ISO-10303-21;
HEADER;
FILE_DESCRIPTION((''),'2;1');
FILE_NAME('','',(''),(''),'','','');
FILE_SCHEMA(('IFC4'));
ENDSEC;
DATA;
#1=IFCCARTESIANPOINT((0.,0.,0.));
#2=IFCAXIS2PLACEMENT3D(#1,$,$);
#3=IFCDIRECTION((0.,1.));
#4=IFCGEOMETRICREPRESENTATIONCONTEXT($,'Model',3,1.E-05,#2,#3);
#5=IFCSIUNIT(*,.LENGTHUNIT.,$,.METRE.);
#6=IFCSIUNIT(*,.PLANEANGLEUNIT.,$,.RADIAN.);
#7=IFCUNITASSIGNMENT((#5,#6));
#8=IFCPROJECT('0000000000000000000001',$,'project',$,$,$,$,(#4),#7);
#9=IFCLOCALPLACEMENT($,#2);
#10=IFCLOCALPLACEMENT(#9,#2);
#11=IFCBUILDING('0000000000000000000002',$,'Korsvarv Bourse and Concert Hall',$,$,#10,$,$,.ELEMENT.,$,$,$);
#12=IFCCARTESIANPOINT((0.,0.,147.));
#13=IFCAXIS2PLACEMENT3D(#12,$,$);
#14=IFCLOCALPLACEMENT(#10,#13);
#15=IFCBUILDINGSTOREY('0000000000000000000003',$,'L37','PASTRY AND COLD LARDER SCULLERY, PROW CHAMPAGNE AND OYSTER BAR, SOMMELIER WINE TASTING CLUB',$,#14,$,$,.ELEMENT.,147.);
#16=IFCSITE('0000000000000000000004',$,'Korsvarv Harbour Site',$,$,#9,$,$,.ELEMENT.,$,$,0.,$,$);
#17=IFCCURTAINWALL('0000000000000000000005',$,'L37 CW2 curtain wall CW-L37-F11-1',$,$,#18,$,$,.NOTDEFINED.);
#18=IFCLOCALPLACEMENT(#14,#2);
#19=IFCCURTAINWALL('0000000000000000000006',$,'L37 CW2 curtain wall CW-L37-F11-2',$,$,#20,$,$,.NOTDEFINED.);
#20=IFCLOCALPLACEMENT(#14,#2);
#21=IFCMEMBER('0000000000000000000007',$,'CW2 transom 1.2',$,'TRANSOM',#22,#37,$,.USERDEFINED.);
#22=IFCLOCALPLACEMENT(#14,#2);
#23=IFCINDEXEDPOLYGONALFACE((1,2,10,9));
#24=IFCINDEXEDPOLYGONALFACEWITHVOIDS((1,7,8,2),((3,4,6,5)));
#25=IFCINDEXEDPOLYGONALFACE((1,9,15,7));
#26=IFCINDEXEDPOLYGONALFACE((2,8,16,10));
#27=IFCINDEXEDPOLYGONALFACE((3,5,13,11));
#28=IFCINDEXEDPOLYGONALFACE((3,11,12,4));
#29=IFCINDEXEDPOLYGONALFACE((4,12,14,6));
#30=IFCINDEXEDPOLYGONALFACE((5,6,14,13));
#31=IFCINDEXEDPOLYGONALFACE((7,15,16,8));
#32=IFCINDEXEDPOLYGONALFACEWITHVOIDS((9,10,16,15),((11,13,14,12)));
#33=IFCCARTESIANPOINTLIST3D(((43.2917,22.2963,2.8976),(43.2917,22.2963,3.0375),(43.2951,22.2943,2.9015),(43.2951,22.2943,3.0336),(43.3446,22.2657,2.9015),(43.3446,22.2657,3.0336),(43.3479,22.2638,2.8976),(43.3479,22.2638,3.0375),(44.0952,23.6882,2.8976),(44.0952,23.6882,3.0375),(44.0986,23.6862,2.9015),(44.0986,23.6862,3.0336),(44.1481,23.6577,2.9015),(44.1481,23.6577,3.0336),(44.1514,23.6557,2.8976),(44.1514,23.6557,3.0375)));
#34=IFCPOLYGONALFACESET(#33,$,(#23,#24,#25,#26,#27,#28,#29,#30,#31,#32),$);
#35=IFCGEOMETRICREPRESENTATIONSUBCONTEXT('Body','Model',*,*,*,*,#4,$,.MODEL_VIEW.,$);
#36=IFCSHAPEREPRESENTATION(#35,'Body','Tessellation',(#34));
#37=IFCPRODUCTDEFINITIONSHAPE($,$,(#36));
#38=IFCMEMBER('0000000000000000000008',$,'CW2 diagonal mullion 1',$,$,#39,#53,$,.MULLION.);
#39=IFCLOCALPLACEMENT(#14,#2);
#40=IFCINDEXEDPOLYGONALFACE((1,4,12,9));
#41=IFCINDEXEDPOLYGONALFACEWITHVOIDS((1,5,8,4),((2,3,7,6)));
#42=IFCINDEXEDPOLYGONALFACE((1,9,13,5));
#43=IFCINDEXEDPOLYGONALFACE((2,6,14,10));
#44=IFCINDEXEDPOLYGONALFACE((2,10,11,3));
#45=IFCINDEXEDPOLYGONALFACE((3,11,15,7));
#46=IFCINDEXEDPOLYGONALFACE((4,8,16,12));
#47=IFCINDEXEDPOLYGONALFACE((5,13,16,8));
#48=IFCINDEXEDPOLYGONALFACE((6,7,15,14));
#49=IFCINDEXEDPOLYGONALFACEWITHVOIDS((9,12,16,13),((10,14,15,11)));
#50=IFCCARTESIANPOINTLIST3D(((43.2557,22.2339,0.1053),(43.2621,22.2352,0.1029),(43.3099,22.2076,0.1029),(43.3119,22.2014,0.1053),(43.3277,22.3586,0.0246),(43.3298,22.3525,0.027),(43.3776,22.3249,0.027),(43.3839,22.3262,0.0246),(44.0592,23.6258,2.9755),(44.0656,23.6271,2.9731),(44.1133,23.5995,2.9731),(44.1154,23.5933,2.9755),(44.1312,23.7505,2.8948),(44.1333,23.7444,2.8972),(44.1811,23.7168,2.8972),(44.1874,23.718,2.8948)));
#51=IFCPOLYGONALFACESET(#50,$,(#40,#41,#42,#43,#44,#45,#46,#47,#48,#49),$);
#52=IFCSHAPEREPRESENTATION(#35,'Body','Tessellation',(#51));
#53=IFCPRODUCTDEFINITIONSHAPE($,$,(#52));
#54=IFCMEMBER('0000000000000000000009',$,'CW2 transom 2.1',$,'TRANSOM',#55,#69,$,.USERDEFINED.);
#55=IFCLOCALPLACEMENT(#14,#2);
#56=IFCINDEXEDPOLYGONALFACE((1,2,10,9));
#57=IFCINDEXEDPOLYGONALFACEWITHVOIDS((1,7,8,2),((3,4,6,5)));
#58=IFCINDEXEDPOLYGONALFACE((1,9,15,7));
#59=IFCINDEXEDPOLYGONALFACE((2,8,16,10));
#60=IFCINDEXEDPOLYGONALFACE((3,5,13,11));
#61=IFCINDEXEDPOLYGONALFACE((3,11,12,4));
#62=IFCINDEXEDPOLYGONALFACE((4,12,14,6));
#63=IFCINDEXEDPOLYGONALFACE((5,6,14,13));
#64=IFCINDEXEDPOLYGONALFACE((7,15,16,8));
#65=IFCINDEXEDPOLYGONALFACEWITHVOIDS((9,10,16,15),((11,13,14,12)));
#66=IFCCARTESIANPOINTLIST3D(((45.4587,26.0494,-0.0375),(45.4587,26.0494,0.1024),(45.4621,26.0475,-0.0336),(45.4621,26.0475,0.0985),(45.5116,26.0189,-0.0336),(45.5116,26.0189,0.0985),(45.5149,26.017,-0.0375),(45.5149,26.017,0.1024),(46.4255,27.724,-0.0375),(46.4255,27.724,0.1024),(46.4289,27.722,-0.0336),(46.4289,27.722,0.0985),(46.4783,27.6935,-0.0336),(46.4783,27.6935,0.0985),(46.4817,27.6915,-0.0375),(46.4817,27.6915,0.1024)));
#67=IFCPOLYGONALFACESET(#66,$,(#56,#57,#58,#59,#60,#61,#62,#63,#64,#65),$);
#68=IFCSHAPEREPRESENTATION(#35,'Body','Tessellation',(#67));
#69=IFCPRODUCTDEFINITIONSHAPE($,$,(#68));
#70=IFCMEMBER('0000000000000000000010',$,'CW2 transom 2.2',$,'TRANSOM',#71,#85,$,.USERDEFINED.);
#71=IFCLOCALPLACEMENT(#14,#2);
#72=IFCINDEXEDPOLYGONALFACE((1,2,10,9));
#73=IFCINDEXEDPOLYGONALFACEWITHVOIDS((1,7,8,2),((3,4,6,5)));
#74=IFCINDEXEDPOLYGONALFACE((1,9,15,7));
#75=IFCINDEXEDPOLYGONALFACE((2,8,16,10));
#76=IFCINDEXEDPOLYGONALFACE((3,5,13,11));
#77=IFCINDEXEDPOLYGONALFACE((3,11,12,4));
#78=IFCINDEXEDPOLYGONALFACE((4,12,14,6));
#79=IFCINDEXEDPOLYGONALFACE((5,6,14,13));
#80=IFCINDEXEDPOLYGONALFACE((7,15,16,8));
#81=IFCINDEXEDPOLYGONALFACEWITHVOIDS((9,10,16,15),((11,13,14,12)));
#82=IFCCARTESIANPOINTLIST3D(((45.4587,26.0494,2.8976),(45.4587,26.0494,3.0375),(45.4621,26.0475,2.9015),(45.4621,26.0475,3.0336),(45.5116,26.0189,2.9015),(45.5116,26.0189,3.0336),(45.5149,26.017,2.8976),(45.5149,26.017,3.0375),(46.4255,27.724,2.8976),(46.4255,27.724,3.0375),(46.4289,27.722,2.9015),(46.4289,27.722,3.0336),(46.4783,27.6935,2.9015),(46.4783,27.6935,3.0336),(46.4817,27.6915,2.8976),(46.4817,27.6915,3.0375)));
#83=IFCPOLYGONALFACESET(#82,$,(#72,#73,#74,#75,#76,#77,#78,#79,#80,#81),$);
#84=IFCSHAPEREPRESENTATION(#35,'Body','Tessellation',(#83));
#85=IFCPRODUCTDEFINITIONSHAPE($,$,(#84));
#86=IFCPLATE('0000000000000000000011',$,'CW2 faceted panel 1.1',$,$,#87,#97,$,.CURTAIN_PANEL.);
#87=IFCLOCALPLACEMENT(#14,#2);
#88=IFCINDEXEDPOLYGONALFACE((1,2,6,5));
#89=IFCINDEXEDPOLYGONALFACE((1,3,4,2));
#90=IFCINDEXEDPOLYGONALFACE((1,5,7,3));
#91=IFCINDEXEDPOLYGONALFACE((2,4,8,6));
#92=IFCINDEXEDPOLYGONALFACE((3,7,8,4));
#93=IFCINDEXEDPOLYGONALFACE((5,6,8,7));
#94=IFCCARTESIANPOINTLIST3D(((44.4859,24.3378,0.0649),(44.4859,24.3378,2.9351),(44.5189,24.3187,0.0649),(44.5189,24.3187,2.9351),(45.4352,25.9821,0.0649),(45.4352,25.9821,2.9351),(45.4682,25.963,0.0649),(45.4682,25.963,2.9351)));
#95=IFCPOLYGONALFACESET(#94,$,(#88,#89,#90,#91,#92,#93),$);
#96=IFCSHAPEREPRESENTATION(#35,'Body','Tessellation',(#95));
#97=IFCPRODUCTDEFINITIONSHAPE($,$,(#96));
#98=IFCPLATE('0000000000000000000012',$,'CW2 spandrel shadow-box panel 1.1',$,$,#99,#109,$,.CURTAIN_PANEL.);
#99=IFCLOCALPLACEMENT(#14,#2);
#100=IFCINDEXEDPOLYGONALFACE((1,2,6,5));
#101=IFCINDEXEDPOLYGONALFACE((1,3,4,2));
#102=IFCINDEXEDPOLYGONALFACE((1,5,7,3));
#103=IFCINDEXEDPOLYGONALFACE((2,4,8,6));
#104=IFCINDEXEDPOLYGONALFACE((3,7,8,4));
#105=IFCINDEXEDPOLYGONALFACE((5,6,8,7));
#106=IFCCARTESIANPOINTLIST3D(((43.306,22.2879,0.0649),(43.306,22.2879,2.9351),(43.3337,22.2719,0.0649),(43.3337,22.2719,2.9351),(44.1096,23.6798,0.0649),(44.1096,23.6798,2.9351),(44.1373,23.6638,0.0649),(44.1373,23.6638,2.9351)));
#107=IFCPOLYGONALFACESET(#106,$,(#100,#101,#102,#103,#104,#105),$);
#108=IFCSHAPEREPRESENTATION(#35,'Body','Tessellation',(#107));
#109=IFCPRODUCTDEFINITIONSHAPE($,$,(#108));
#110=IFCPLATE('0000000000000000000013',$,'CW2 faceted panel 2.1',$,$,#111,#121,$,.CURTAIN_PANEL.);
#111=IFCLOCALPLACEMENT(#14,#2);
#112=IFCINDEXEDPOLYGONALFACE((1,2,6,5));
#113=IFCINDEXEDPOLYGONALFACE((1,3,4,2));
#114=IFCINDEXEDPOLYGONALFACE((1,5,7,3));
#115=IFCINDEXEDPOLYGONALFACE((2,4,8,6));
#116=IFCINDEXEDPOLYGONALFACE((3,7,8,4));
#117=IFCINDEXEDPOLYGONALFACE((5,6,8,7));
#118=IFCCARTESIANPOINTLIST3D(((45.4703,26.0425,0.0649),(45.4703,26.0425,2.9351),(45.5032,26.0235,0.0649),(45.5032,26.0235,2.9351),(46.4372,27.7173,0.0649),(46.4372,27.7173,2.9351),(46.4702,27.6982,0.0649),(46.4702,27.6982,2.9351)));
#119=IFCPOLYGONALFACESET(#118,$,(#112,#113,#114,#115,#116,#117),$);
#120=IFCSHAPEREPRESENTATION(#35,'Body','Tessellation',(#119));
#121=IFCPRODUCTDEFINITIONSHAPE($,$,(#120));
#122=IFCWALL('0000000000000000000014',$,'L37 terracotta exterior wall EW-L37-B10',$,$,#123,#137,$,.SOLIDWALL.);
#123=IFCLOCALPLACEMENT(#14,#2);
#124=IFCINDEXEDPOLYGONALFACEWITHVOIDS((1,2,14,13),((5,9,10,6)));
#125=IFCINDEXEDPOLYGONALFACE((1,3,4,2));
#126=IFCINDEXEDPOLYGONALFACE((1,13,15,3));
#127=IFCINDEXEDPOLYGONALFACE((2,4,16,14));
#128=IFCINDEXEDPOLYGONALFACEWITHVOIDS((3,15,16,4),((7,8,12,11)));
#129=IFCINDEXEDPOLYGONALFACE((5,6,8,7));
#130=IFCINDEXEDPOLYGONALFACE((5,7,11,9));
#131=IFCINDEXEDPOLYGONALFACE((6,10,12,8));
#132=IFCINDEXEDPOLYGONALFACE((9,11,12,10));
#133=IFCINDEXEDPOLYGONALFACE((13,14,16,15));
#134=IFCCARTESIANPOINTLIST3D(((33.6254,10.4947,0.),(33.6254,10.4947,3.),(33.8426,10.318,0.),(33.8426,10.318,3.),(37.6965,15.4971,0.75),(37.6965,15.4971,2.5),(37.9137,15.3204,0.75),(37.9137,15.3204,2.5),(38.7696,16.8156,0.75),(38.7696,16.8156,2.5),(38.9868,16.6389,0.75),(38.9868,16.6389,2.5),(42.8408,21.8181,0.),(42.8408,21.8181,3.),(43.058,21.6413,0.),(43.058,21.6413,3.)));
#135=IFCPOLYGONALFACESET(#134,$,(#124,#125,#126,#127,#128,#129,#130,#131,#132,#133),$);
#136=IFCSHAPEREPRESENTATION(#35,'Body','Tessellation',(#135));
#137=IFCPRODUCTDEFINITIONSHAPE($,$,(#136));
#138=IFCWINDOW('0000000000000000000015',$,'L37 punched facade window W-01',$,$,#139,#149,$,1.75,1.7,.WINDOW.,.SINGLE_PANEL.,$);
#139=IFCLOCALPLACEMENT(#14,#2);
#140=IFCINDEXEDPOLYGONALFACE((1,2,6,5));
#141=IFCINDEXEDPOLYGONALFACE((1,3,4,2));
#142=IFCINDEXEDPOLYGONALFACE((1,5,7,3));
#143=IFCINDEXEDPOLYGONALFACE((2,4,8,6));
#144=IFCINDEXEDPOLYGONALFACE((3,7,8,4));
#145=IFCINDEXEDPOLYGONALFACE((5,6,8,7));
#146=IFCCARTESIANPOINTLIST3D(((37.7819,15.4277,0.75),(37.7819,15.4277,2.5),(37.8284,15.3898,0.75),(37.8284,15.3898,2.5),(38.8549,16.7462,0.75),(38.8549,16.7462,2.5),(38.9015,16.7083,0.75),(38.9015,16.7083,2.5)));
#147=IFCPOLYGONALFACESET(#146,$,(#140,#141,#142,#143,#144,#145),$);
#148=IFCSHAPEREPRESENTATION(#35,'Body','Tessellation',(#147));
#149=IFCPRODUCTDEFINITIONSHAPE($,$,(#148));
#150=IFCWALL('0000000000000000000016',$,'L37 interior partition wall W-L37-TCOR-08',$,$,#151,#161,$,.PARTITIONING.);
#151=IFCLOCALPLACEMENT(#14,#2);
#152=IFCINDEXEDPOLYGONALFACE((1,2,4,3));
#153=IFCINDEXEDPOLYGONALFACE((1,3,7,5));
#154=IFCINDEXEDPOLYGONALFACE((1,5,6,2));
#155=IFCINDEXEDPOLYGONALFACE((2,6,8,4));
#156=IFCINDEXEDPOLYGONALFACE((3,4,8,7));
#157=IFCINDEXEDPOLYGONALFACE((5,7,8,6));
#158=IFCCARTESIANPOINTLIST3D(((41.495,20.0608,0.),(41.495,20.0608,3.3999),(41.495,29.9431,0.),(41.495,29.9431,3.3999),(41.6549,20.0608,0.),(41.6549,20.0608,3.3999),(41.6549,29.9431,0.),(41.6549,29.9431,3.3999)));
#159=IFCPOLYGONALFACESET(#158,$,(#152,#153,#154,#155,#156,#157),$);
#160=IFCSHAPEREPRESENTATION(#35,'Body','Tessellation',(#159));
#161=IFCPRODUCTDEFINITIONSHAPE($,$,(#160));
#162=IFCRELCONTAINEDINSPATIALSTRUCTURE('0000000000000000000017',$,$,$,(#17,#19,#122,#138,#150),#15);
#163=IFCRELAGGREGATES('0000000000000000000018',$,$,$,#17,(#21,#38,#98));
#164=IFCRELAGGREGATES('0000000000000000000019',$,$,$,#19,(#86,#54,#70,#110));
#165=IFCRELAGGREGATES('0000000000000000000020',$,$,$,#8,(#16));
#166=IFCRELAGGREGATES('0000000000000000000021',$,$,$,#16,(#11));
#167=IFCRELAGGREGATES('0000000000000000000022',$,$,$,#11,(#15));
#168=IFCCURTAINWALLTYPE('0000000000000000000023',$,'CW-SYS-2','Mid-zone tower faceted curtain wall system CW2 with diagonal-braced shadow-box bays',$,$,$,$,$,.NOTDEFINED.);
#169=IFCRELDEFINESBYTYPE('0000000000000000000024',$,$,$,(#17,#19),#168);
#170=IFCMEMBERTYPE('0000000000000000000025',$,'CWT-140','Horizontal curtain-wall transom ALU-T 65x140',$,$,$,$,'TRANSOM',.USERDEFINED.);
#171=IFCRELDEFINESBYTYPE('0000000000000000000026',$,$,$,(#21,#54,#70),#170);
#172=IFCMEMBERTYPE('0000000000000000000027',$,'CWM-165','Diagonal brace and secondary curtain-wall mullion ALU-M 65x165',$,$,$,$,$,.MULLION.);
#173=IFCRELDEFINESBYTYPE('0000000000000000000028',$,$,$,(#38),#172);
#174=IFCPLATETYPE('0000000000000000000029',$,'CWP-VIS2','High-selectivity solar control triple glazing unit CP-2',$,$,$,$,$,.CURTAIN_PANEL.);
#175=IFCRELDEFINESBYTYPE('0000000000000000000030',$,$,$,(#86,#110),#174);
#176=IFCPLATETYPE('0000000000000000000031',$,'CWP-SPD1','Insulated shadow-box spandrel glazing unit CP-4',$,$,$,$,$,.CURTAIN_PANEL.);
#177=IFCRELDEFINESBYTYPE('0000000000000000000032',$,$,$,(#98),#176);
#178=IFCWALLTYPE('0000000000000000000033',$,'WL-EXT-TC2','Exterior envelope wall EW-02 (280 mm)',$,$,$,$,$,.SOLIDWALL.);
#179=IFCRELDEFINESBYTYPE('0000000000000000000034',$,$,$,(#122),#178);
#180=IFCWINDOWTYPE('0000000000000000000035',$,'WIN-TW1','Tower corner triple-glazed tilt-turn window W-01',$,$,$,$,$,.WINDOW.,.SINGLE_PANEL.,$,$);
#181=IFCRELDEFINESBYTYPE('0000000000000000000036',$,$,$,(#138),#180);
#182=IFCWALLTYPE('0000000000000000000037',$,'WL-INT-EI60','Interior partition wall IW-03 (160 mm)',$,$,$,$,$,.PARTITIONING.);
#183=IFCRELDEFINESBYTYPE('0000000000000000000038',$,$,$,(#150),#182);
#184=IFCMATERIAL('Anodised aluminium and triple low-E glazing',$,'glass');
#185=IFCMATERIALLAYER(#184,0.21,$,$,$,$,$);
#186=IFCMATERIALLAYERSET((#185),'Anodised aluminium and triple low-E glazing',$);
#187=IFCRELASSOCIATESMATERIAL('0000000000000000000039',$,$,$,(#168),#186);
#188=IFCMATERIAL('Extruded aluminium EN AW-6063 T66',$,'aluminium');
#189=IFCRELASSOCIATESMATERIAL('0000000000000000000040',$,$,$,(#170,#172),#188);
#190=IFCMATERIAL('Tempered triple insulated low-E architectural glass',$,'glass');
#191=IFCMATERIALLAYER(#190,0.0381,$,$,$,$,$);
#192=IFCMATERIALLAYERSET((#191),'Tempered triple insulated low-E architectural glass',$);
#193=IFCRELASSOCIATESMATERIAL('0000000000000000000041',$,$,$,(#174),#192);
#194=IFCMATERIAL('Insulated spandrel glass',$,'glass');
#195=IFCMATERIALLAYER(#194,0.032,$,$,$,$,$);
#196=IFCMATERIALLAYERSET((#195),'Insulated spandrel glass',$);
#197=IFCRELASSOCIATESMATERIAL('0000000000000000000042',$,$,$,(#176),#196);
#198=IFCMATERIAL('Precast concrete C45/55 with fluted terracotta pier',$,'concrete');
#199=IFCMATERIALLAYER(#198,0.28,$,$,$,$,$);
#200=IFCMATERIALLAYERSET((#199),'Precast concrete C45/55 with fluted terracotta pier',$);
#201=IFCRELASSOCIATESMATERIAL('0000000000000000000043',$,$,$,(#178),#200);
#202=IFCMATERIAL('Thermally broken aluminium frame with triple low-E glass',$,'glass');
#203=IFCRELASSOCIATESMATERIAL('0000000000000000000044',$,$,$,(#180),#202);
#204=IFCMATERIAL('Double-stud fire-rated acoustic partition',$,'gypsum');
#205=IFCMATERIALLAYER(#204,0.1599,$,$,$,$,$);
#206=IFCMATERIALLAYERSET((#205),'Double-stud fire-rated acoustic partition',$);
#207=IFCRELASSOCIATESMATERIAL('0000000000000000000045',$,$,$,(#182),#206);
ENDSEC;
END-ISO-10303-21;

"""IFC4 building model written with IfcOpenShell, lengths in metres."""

from ifc_helpers import new_model, si_unit, direction, frame, frame_2d, origin, origin_2d, place, context, subcontext, project, spatial, rectangle, hollow_rectangle, extrude, source, transform, mapped, material, layer, layer_set, material_profile, profile_set, type_object, element, fill, aggregate, save


model = new_model("IFC4")

# Units and contexts
model_context = context("Model", 3, precision=1e-05, world=origin(), true_north=direction((0.0, 1.0)))
body_context = subcontext(model_context, "Body", "Model", "MODEL_VIEW")
ifc_project = project(units=[si_unit("LENGTHUNIT", "METRE"), si_unit("PLANEANGLEUNIT", "RADIAN")], contexts=[model_context])

# Site, building, storey
site_placement = place(None, origin())
site = spatial("IfcSite", under=ifc_project, at=site_placement, Name="Korsvarv Harbour Site", CompositionType="ELEMENT", RefElevation=0.0)
building_placement = place(site_placement, origin())
building = spatial("IfcBuilding", under=site, at=building_placement, Name="Korsvarv Bourse and Concert Hall", CompositionType="ELEMENT")
storey_placement = place(building_placement, frame((0.0, 0.0, 147.0)))
storey = spatial("IfcBuildingStorey", under=building, at=storey_placement, Name="L37", Description="PASTRY AND COLD LARDER SCULLERY, PROW CHAMPAGNE AND OYSTER BAR, SOMMELIER WINE TASTING CLUB", CompositionType="ELEMENT", Elevation=147.0)

# Curtain walls
ifc_material_1 = material(Name="Anodised aluminium and triple low-E glazing", Category="glass")
ifc_layer_1 = layer(ifc_material_1, 0.21)
ifc_layer_set_1 = layer_set([ifc_layer_1], Name="Anodised aluminium and triple low-E glazing")
curtain_wall_type = type_object("IfcCurtainWallType", Name="CW-SYS-2", Description="Mid-zone tower faceted curtain wall system CW2 with diagonal-braced shadow-box bays", PredefinedType="NOTDEFINED", material=ifc_layer_set_1)
curtain_wall_1_placement = place(storey_placement, origin())
curtain_wall_1 = element("IfcCurtainWall", 1, at=curtain_wall_1_placement, inside=storey, type_object=curtain_wall_type, Name="L37 CW2 curtain wall CW-L37-F11-1", PredefinedType="NOTDEFINED")
ifc_material_2 = material(Name="Extruded aluminium EN AW-6063 T66", Category="aluminium")
curtain_wall_2_placement = place(storey_placement, origin())
curtain_wall_2 = element("IfcCurtainWall", 2, at=curtain_wall_2_placement, inside=storey, type_object=curtain_wall_type, Name="L37 CW2 curtain wall CW-L37-F11-2", PredefinedType="NOTDEFINED")
ifc_material_profile_1 = material_profile(ifc_material_2, hollow_rectangle(XDim=0.0649, YDim=0.1399, WallThickness=0.0039, at=origin_2d()), Name="ALU-T 65x140")
ifc_profile_set_1 = profile_set([ifc_material_profile_1], Name="Extruded aluminium EN AW-6063 T66")
member_type_1 = type_object("IfcMemberType", Name="CWT-140", Description="Horizontal curtain-wall transom ALU-T 65x140", ElementType="TRANSOM", PredefinedType="USERDEFINED", material=ifc_profile_set_1)

# Members
shared_shape_1 = source(origin(), body_context, "Body", "SweptSolid", [
    extrude(hollow_rectangle(XDim=0.0649, YDim=0.1399, WallThickness=0.0039, at=origin_2d()), origin(), (0.0, 0.0, 1.0), 1.6072),
])
member_1_placement = place(storey_placement, frame((43.3198, 22.28, 2.9675), z_axis=(0.499946, 0.866057, 0.0), x_axis=(-0.866057, 0.499946, 0.0)))
member_1 = element("IfcMember", 3, at=member_1_placement, type_object=member_type_1, Name="CW2 transom 1.2", ObjectType="TRANSOM", PredefinedType="USERDEFINED", context=body_context, shape_type="MappedRepresentation", body=[
    mapped(shared_shape_1, transform((0.0, 0.0, 0.0), scale=1.0)),
])
ifc_material_profile_2 = material_profile(ifc_material_2, hollow_rectangle(XDim=0.0649, YDim=0.165, WallThickness=0.0049, at=origin_2d()), Name="ALU-M 65x165")
ifc_profile_set_2 = profile_set([ifc_material_profile_2], Name="Extruded aluminium EN AW-6063 T66")
member_type_2 = type_object("IfcMemberType", Name="CWM-165", Description="Diagonal brace and secondary curtain-wall mullion ALU-M 65x165", PredefinedType="MULLION", material=ifc_profile_set_2)
shared_shape_2 = source(origin(), body_context, "Body", "SweptSolid", [
    extrude(hollow_rectangle(XDim=0.0649, YDim=0.165, WallThickness=0.0049, at=origin_2d()), origin(), (0.0, 0.0, 1.0), 3.2896),
])
member_2_placement = place(storey_placement, frame((43.3198, 22.28, 0.0649), z_axis=(0.244257, 0.423126, 0.872527), x_axis=(-0.866057, 0.499946, 0.0)))
member_2 = element("IfcMember", 4, at=member_2_placement, type_object=member_type_2, Name="CW2 diagonal mullion 1", PredefinedType="MULLION", context=body_context, shape_type="MappedRepresentation", body=[
    mapped(shared_shape_2, transform((0.0, 0.0, 0.0), scale=1.0)),
])
shared_shape_3 = source(origin(), body_context, "Body", "SweptSolid", [
    extrude(hollow_rectangle(XDim=0.0649, YDim=0.1399, WallThickness=0.0039, at=origin_2d()), origin(), (0.0, 0.0, 1.0), 1.9336),
])
member_3_placement = place(storey_placement, frame((45.4868, 26.0332, 0.0325), z_axis=(0.499996, 0.866028, 0.0), x_axis=(-0.866028, 0.499996, 0.0)))
member_3 = element("IfcMember", 5, at=member_3_placement, type_object=member_type_1, Name="CW2 transom 2.1", ObjectType="TRANSOM", PredefinedType="USERDEFINED", context=body_context, shape_type="MappedRepresentation", body=[
    mapped(shared_shape_3, transform((0.0, 0.0, 0.0), scale=1.0)),
])
member_4_placement = place(storey_placement, frame((45.4868, 26.0332, 2.9675), z_axis=(0.499996, 0.866028, 0.0), x_axis=(-0.866028, 0.499996, 0.0)))
member_4 = element("IfcMember", 6, at=member_4_placement, type_object=member_type_1, Name="CW2 transom 2.2", ObjectType="TRANSOM", PredefinedType="USERDEFINED", context=body_context, shape_type="MappedRepresentation", body=[
    mapped(shared_shape_3, transform((0.0, 0.0, 0.0), scale=1.0)),
])

# Plates
ifc_material_3 = material(Name="Tempered triple insulated low-E architectural glass", Category="glass")
ifc_layer_2 = layer(ifc_material_3, 0.0381)
ifc_layer_set_2 = layer_set([ifc_layer_2], Name="Tempered triple insulated low-E architectural glass")
plate_type_1 = type_object("IfcPlateType", Name="CWP-VIS2", Description="High-selectivity solar control triple glazing unit CP-2", PredefinedType="CURTAIN_PANEL", material=ifc_layer_set_2)
shared_shape_4 = source(origin(), body_context, "Body", "SweptSolid", [
    extrude(rectangle(XDim=1.8987, YDim=0.0381, at=origin_2d()), origin(), (0.0, 0.0, 1.0), 2.8701),
])
plate_1_placement = place(storey_placement, frame((44.9771, 25.1504, 0.0649), z_axis=(0.0, 0.0, 1.0), x_axis=(0.500005, 0.866023, 0.0)))
plate_1 = element("IfcPlate", 7, at=plate_1_placement, type_object=plate_type_1, Name="CW2 faceted panel 1.1", PredefinedType="CURTAIN_PANEL", context=body_context, shape_type="MappedRepresentation", body=[
    mapped(shared_shape_4, transform((0.0, 0.0, 0.0), scale=1.0)),
])
ifc_material_4 = material(Name="Insulated spandrel glass", Category="glass")
ifc_layer_3 = layer(ifc_material_4, 0.032)
ifc_layer_set_3 = layer_set([ifc_layer_3], Name="Insulated spandrel glass")
plate_type_2 = type_object("IfcPlateType", Name="CWP-SPD1", Description="Insulated shadow-box spandrel glazing unit CP-4", PredefinedType="CURTAIN_PANEL", material=ifc_layer_set_3)
shared_shape_5 = source(origin(), body_context, "Body", "SweptSolid", [
    extrude(rectangle(XDim=1.6072, YDim=0.032, at=origin_2d()), origin(), (0.0, 0.0, 1.0), 2.8701),
])
plate_2_placement = place(storey_placement, frame((43.7217, 22.9758, 0.0649), z_axis=(0.0, 0.0, 1.0), x_axis=(0.500005, 0.866023, 0.0)))
plate_2 = element("IfcPlate", 8, at=plate_2_placement, type_object=plate_type_2, Name="CW2 spandrel shadow-box panel 1.1", PredefinedType="CURTAIN_PANEL", context=body_context, shape_type="MappedRepresentation", body=[
    mapped(shared_shape_5, transform((0.0, 0.0, 0.0), scale=1.0)),
])
aggregate(curtain_wall_1, [member_1, member_2, plate_2])
shared_shape_6 = source(origin(), body_context, "Body", "SweptSolid", [
    extrude(rectangle(XDim=1.9338, YDim=0.0381, at=origin_2d()), origin(), (0.0, 0.0, 1.0), 2.8701),
])
plate_3_placement = place(storey_placement, frame((45.9702, 26.8704, 0.0649), z_axis=(0.0, 0.0, 1.0), x_axis=(0.500005, 0.866023, 0.0)))
plate_3 = element("IfcPlate", 9, at=plate_3_placement, type_object=plate_type_1, Name="CW2 faceted panel 2.1", PredefinedType="CURTAIN_PANEL", context=body_context, shape_type="MappedRepresentation", body=[
    mapped(shared_shape_6, transform((0.0, 0.0, 0.0), scale=1.0)),
])
aggregate(curtain_wall_2, [plate_1, member_3, member_4, plate_3])

# Wall, opening, window
ifc_material_5 = material(Name="Precast concrete C45/55 with fluted terracotta pier", Category="concrete")
ifc_layer_4 = layer(ifc_material_5, 0.28)
ifc_layer_set_4 = layer_set([ifc_layer_4], Name="Precast concrete C45/55 with fluted terracotta pier")
wall_type_1 = type_object("IfcWallType", Name="WL-EXT-TC2", Description="Exterior envelope wall EW-02 (280 mm)", PredefinedType="SOLIDWALL", material=ifc_layer_set_4)
wall_1_placement = place(storey_placement, frame((33.7339, 10.4062, 0.0), z_axis=(0.0, 0.0, 1.0), x_axis=(0.631219, 0.775604, 0.0)))
wall_1 = element("IfcWall", 10, at=wall_1_placement, inside=storey, type_object=wall_type_1, Name="L37 terracotta exterior wall EW-L37-B10", PredefinedType="SOLIDWALL", context=body_context, shape_type="SweptSolid", body=[
    extrude(rectangle(XDim=14.5994, YDim=0.28, at=frame_2d((7.2998, 0.0))), origin(), (0.0, 0.0, 1.0), 3.0),
])
opening_placement = place(wall_1_placement, frame((6.4497, 0.0, 0.75)))
opening = element("IfcOpeningElement", 11, at=opening_placement, cuts=wall_1, PredefinedType="OPENING", context=body_context, shape_type="SweptSolid", body=[
    extrude(rectangle(XDim=1.7, YDim=1.75, at=frame_2d((0.8501, 0.875))), frame((0.0, 0.1499, 0.0), z_axis=(0.0, -1.0, 0.0), x_axis=(1.0, 0.0, 0.0)), (0.0, 0.0, 1.0), 0.3),
])
ifc_material_6 = material(Name="Thermally broken aluminium frame with triple low-E glass", Category="glass")
window_type = type_object("IfcWindowType", Name="WIN-TW1", Description="Tower corner triple-glazed tilt-turn window W-01", PartitioningType="SINGLE_PANEL", PredefinedType="WINDOW", material=ifc_material_6)
window_placement = place(opening_placement, origin())
window = element("IfcWindow", 12, at=window_placement, inside=storey, type_object=window_type, Name="L37 punched facade window W-01", OverallHeight=1.75, OverallWidth=1.7, PartitioningType="SINGLE_PANEL", PredefinedType="WINDOW", context=body_context, shape_type="SweptSolid", body=[
    extrude(rectangle(XDim=1.7, YDim=1.75, at=frame_2d((0.8501, 0.875))), frame((0.0, 0.03, 0.0), z_axis=(0.0, -1.0, 0.0), x_axis=(1.0, 0.0, 0.0)), (0.0, 0.0, 1.0), 0.0601),
])
fill(opening, window)

# Wall
ifc_material_7 = material(Name="Double-stud fire-rated acoustic partition", Category="gypsum")
ifc_layer_5 = layer(ifc_material_7, 0.1599)
ifc_layer_set_5 = layer_set([ifc_layer_5], Name="Double-stud fire-rated acoustic partition")
wall_type_2 = type_object("IfcWallType", Name="WL-INT-EI60", Description="Interior partition wall IW-03 (160 mm)", PredefinedType="PARTITIONING", material=ifc_layer_set_5)
wall_2_placement = place(storey_placement, frame((41.575, 20.0608, 0.0), z_axis=(0.0, 0.0, 1.0), x_axis=(0.0, 1.0, 0.0)))
element("IfcWall", 13, at=wall_2_placement, inside=storey, type_object=wall_type_2, Name="L37 interior partition wall W-L37-TCOR-08", PredefinedType="PARTITIONING", context=body_context, shape_type="SweptSolid", body=[
    extrude(rectangle(XDim=9.8823, YDim=0.1599, at=frame_2d((4.9412, 0.0))), origin(), (0.0, 0.0, 1.0), 3.3999),
])

save(model, "model.ifc")
